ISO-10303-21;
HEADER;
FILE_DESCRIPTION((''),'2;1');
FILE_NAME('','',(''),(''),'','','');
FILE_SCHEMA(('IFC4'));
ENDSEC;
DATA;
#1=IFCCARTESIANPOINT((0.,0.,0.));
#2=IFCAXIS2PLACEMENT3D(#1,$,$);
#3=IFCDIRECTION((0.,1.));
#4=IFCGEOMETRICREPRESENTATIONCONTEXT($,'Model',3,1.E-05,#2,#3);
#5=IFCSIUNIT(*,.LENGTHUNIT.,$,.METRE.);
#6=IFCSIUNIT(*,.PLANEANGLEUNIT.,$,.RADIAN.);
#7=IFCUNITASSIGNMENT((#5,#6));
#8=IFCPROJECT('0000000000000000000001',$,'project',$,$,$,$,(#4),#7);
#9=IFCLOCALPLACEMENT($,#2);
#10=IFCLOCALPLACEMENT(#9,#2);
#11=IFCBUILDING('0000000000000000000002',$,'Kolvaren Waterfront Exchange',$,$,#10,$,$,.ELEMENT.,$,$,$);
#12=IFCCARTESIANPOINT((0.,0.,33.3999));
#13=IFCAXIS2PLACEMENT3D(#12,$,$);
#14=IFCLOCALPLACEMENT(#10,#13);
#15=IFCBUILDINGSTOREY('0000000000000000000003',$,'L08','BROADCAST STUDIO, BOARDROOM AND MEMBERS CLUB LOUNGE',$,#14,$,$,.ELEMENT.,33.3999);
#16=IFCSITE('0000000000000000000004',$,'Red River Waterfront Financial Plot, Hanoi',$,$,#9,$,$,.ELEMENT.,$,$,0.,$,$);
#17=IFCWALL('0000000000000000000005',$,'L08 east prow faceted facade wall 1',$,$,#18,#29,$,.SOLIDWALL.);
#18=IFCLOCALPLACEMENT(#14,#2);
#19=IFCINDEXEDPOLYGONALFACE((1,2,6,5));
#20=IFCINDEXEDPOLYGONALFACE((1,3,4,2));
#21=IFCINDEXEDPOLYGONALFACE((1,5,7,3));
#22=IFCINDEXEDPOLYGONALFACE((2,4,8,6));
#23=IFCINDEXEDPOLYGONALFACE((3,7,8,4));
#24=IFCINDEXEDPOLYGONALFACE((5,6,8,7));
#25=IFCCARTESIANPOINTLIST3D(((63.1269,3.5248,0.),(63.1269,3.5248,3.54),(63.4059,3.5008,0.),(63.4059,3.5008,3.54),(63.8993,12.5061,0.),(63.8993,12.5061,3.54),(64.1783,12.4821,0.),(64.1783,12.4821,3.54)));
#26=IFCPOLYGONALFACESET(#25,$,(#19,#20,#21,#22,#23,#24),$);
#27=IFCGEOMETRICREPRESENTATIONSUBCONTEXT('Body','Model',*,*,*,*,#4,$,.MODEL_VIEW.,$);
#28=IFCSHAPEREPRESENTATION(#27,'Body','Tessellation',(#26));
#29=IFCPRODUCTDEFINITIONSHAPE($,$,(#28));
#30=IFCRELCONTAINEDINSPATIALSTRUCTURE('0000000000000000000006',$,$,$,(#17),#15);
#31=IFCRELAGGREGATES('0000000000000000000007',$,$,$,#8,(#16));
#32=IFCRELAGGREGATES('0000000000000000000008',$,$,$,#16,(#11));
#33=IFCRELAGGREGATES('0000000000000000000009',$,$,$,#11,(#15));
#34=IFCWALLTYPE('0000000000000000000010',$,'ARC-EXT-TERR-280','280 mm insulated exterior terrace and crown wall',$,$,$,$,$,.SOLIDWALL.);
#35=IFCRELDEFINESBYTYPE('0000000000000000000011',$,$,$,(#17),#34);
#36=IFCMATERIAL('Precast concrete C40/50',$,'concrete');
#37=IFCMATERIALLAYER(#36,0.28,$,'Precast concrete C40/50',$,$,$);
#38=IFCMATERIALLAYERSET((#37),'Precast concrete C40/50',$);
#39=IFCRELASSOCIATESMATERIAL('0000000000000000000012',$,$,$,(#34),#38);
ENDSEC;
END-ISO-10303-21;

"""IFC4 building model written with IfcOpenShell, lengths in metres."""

from ifc_helpers import new_model, si_unit, direction, frame, frame_2d, origin, place, context, subcontext, project, spatial, rectangle, extrude, material, layer, layer_set, type_object, element, save


model = new_model("IFC4")

# Units and contexts
model_context = context("Model", 3, precision=1e-05, world=origin(), true_north=direction((0.0, 1.0)))
body_context = subcontext(model_context, "Body", "Model", "MODEL_VIEW")
ifc_project = project(units=[si_unit("LENGTHUNIT", "METRE"), si_unit("PLANEANGLEUNIT", "RADIAN")], contexts=[model_context])

# Site, building, storey
site_placement = place(None, origin())
site = spatial("IfcSite", under=ifc_project, at=site_placement, Name="Red River Waterfront Financial Plot, Hanoi", CompositionType="ELEMENT", RefElevation=0.0)
building_placement = place(site_placement, origin())
building = spatial("IfcBuilding", under=site, at=building_placement, Name="Kolvaren Waterfront Exchange", CompositionType="ELEMENT")
storey_placement = place(building_placement, frame((0.0, 0.0, 33.3999)))
storey = spatial("IfcBuildingStorey", under=building, at=storey_placement, Name="L08", Description="BROADCAST STUDIO, BOARDROOM AND MEMBERS CLUB LOUNGE", CompositionType="ELEMENT", Elevation=33.3999)

# Wall
ifc_material_1 = material(Name="Precast concrete C40/50", Category="concrete")
ifc_layer_1 = layer(ifc_material_1, 0.28, Name="Precast concrete C40/50")
ifc_layer_set_1 = layer_set([ifc_layer_1], Name="Precast concrete C40/50")
wall_type = type_object("IfcWallType", Name="ARC-EXT-TERR-280", Description="280 mm insulated exterior terrace and crown wall", PredefinedType="SOLIDWALL", material=ifc_layer_set_1)
wall_1_placement = place(storey_placement, frame((63.2664, 3.5127, 0.0), z_axis=(0.0, 0.0, 1.0), x_axis=(0.085692, 0.996322, 0.0)))
element("IfcWall", 1, at=wall_1_placement, inside=storey, type_object=wall_type, Name="L08 east prow faceted facade wall 1", PredefinedType="SOLIDWALL", context=body_context, shape_type="SweptSolid", body=[
    extrude(rectangle(XDim=9.0144, YDim=0.28, at=frame_2d((4.5073, 0.0))), origin(), (0.0, 0.0, 1.0), 3.54),
])

save(model, "model.ifc")
